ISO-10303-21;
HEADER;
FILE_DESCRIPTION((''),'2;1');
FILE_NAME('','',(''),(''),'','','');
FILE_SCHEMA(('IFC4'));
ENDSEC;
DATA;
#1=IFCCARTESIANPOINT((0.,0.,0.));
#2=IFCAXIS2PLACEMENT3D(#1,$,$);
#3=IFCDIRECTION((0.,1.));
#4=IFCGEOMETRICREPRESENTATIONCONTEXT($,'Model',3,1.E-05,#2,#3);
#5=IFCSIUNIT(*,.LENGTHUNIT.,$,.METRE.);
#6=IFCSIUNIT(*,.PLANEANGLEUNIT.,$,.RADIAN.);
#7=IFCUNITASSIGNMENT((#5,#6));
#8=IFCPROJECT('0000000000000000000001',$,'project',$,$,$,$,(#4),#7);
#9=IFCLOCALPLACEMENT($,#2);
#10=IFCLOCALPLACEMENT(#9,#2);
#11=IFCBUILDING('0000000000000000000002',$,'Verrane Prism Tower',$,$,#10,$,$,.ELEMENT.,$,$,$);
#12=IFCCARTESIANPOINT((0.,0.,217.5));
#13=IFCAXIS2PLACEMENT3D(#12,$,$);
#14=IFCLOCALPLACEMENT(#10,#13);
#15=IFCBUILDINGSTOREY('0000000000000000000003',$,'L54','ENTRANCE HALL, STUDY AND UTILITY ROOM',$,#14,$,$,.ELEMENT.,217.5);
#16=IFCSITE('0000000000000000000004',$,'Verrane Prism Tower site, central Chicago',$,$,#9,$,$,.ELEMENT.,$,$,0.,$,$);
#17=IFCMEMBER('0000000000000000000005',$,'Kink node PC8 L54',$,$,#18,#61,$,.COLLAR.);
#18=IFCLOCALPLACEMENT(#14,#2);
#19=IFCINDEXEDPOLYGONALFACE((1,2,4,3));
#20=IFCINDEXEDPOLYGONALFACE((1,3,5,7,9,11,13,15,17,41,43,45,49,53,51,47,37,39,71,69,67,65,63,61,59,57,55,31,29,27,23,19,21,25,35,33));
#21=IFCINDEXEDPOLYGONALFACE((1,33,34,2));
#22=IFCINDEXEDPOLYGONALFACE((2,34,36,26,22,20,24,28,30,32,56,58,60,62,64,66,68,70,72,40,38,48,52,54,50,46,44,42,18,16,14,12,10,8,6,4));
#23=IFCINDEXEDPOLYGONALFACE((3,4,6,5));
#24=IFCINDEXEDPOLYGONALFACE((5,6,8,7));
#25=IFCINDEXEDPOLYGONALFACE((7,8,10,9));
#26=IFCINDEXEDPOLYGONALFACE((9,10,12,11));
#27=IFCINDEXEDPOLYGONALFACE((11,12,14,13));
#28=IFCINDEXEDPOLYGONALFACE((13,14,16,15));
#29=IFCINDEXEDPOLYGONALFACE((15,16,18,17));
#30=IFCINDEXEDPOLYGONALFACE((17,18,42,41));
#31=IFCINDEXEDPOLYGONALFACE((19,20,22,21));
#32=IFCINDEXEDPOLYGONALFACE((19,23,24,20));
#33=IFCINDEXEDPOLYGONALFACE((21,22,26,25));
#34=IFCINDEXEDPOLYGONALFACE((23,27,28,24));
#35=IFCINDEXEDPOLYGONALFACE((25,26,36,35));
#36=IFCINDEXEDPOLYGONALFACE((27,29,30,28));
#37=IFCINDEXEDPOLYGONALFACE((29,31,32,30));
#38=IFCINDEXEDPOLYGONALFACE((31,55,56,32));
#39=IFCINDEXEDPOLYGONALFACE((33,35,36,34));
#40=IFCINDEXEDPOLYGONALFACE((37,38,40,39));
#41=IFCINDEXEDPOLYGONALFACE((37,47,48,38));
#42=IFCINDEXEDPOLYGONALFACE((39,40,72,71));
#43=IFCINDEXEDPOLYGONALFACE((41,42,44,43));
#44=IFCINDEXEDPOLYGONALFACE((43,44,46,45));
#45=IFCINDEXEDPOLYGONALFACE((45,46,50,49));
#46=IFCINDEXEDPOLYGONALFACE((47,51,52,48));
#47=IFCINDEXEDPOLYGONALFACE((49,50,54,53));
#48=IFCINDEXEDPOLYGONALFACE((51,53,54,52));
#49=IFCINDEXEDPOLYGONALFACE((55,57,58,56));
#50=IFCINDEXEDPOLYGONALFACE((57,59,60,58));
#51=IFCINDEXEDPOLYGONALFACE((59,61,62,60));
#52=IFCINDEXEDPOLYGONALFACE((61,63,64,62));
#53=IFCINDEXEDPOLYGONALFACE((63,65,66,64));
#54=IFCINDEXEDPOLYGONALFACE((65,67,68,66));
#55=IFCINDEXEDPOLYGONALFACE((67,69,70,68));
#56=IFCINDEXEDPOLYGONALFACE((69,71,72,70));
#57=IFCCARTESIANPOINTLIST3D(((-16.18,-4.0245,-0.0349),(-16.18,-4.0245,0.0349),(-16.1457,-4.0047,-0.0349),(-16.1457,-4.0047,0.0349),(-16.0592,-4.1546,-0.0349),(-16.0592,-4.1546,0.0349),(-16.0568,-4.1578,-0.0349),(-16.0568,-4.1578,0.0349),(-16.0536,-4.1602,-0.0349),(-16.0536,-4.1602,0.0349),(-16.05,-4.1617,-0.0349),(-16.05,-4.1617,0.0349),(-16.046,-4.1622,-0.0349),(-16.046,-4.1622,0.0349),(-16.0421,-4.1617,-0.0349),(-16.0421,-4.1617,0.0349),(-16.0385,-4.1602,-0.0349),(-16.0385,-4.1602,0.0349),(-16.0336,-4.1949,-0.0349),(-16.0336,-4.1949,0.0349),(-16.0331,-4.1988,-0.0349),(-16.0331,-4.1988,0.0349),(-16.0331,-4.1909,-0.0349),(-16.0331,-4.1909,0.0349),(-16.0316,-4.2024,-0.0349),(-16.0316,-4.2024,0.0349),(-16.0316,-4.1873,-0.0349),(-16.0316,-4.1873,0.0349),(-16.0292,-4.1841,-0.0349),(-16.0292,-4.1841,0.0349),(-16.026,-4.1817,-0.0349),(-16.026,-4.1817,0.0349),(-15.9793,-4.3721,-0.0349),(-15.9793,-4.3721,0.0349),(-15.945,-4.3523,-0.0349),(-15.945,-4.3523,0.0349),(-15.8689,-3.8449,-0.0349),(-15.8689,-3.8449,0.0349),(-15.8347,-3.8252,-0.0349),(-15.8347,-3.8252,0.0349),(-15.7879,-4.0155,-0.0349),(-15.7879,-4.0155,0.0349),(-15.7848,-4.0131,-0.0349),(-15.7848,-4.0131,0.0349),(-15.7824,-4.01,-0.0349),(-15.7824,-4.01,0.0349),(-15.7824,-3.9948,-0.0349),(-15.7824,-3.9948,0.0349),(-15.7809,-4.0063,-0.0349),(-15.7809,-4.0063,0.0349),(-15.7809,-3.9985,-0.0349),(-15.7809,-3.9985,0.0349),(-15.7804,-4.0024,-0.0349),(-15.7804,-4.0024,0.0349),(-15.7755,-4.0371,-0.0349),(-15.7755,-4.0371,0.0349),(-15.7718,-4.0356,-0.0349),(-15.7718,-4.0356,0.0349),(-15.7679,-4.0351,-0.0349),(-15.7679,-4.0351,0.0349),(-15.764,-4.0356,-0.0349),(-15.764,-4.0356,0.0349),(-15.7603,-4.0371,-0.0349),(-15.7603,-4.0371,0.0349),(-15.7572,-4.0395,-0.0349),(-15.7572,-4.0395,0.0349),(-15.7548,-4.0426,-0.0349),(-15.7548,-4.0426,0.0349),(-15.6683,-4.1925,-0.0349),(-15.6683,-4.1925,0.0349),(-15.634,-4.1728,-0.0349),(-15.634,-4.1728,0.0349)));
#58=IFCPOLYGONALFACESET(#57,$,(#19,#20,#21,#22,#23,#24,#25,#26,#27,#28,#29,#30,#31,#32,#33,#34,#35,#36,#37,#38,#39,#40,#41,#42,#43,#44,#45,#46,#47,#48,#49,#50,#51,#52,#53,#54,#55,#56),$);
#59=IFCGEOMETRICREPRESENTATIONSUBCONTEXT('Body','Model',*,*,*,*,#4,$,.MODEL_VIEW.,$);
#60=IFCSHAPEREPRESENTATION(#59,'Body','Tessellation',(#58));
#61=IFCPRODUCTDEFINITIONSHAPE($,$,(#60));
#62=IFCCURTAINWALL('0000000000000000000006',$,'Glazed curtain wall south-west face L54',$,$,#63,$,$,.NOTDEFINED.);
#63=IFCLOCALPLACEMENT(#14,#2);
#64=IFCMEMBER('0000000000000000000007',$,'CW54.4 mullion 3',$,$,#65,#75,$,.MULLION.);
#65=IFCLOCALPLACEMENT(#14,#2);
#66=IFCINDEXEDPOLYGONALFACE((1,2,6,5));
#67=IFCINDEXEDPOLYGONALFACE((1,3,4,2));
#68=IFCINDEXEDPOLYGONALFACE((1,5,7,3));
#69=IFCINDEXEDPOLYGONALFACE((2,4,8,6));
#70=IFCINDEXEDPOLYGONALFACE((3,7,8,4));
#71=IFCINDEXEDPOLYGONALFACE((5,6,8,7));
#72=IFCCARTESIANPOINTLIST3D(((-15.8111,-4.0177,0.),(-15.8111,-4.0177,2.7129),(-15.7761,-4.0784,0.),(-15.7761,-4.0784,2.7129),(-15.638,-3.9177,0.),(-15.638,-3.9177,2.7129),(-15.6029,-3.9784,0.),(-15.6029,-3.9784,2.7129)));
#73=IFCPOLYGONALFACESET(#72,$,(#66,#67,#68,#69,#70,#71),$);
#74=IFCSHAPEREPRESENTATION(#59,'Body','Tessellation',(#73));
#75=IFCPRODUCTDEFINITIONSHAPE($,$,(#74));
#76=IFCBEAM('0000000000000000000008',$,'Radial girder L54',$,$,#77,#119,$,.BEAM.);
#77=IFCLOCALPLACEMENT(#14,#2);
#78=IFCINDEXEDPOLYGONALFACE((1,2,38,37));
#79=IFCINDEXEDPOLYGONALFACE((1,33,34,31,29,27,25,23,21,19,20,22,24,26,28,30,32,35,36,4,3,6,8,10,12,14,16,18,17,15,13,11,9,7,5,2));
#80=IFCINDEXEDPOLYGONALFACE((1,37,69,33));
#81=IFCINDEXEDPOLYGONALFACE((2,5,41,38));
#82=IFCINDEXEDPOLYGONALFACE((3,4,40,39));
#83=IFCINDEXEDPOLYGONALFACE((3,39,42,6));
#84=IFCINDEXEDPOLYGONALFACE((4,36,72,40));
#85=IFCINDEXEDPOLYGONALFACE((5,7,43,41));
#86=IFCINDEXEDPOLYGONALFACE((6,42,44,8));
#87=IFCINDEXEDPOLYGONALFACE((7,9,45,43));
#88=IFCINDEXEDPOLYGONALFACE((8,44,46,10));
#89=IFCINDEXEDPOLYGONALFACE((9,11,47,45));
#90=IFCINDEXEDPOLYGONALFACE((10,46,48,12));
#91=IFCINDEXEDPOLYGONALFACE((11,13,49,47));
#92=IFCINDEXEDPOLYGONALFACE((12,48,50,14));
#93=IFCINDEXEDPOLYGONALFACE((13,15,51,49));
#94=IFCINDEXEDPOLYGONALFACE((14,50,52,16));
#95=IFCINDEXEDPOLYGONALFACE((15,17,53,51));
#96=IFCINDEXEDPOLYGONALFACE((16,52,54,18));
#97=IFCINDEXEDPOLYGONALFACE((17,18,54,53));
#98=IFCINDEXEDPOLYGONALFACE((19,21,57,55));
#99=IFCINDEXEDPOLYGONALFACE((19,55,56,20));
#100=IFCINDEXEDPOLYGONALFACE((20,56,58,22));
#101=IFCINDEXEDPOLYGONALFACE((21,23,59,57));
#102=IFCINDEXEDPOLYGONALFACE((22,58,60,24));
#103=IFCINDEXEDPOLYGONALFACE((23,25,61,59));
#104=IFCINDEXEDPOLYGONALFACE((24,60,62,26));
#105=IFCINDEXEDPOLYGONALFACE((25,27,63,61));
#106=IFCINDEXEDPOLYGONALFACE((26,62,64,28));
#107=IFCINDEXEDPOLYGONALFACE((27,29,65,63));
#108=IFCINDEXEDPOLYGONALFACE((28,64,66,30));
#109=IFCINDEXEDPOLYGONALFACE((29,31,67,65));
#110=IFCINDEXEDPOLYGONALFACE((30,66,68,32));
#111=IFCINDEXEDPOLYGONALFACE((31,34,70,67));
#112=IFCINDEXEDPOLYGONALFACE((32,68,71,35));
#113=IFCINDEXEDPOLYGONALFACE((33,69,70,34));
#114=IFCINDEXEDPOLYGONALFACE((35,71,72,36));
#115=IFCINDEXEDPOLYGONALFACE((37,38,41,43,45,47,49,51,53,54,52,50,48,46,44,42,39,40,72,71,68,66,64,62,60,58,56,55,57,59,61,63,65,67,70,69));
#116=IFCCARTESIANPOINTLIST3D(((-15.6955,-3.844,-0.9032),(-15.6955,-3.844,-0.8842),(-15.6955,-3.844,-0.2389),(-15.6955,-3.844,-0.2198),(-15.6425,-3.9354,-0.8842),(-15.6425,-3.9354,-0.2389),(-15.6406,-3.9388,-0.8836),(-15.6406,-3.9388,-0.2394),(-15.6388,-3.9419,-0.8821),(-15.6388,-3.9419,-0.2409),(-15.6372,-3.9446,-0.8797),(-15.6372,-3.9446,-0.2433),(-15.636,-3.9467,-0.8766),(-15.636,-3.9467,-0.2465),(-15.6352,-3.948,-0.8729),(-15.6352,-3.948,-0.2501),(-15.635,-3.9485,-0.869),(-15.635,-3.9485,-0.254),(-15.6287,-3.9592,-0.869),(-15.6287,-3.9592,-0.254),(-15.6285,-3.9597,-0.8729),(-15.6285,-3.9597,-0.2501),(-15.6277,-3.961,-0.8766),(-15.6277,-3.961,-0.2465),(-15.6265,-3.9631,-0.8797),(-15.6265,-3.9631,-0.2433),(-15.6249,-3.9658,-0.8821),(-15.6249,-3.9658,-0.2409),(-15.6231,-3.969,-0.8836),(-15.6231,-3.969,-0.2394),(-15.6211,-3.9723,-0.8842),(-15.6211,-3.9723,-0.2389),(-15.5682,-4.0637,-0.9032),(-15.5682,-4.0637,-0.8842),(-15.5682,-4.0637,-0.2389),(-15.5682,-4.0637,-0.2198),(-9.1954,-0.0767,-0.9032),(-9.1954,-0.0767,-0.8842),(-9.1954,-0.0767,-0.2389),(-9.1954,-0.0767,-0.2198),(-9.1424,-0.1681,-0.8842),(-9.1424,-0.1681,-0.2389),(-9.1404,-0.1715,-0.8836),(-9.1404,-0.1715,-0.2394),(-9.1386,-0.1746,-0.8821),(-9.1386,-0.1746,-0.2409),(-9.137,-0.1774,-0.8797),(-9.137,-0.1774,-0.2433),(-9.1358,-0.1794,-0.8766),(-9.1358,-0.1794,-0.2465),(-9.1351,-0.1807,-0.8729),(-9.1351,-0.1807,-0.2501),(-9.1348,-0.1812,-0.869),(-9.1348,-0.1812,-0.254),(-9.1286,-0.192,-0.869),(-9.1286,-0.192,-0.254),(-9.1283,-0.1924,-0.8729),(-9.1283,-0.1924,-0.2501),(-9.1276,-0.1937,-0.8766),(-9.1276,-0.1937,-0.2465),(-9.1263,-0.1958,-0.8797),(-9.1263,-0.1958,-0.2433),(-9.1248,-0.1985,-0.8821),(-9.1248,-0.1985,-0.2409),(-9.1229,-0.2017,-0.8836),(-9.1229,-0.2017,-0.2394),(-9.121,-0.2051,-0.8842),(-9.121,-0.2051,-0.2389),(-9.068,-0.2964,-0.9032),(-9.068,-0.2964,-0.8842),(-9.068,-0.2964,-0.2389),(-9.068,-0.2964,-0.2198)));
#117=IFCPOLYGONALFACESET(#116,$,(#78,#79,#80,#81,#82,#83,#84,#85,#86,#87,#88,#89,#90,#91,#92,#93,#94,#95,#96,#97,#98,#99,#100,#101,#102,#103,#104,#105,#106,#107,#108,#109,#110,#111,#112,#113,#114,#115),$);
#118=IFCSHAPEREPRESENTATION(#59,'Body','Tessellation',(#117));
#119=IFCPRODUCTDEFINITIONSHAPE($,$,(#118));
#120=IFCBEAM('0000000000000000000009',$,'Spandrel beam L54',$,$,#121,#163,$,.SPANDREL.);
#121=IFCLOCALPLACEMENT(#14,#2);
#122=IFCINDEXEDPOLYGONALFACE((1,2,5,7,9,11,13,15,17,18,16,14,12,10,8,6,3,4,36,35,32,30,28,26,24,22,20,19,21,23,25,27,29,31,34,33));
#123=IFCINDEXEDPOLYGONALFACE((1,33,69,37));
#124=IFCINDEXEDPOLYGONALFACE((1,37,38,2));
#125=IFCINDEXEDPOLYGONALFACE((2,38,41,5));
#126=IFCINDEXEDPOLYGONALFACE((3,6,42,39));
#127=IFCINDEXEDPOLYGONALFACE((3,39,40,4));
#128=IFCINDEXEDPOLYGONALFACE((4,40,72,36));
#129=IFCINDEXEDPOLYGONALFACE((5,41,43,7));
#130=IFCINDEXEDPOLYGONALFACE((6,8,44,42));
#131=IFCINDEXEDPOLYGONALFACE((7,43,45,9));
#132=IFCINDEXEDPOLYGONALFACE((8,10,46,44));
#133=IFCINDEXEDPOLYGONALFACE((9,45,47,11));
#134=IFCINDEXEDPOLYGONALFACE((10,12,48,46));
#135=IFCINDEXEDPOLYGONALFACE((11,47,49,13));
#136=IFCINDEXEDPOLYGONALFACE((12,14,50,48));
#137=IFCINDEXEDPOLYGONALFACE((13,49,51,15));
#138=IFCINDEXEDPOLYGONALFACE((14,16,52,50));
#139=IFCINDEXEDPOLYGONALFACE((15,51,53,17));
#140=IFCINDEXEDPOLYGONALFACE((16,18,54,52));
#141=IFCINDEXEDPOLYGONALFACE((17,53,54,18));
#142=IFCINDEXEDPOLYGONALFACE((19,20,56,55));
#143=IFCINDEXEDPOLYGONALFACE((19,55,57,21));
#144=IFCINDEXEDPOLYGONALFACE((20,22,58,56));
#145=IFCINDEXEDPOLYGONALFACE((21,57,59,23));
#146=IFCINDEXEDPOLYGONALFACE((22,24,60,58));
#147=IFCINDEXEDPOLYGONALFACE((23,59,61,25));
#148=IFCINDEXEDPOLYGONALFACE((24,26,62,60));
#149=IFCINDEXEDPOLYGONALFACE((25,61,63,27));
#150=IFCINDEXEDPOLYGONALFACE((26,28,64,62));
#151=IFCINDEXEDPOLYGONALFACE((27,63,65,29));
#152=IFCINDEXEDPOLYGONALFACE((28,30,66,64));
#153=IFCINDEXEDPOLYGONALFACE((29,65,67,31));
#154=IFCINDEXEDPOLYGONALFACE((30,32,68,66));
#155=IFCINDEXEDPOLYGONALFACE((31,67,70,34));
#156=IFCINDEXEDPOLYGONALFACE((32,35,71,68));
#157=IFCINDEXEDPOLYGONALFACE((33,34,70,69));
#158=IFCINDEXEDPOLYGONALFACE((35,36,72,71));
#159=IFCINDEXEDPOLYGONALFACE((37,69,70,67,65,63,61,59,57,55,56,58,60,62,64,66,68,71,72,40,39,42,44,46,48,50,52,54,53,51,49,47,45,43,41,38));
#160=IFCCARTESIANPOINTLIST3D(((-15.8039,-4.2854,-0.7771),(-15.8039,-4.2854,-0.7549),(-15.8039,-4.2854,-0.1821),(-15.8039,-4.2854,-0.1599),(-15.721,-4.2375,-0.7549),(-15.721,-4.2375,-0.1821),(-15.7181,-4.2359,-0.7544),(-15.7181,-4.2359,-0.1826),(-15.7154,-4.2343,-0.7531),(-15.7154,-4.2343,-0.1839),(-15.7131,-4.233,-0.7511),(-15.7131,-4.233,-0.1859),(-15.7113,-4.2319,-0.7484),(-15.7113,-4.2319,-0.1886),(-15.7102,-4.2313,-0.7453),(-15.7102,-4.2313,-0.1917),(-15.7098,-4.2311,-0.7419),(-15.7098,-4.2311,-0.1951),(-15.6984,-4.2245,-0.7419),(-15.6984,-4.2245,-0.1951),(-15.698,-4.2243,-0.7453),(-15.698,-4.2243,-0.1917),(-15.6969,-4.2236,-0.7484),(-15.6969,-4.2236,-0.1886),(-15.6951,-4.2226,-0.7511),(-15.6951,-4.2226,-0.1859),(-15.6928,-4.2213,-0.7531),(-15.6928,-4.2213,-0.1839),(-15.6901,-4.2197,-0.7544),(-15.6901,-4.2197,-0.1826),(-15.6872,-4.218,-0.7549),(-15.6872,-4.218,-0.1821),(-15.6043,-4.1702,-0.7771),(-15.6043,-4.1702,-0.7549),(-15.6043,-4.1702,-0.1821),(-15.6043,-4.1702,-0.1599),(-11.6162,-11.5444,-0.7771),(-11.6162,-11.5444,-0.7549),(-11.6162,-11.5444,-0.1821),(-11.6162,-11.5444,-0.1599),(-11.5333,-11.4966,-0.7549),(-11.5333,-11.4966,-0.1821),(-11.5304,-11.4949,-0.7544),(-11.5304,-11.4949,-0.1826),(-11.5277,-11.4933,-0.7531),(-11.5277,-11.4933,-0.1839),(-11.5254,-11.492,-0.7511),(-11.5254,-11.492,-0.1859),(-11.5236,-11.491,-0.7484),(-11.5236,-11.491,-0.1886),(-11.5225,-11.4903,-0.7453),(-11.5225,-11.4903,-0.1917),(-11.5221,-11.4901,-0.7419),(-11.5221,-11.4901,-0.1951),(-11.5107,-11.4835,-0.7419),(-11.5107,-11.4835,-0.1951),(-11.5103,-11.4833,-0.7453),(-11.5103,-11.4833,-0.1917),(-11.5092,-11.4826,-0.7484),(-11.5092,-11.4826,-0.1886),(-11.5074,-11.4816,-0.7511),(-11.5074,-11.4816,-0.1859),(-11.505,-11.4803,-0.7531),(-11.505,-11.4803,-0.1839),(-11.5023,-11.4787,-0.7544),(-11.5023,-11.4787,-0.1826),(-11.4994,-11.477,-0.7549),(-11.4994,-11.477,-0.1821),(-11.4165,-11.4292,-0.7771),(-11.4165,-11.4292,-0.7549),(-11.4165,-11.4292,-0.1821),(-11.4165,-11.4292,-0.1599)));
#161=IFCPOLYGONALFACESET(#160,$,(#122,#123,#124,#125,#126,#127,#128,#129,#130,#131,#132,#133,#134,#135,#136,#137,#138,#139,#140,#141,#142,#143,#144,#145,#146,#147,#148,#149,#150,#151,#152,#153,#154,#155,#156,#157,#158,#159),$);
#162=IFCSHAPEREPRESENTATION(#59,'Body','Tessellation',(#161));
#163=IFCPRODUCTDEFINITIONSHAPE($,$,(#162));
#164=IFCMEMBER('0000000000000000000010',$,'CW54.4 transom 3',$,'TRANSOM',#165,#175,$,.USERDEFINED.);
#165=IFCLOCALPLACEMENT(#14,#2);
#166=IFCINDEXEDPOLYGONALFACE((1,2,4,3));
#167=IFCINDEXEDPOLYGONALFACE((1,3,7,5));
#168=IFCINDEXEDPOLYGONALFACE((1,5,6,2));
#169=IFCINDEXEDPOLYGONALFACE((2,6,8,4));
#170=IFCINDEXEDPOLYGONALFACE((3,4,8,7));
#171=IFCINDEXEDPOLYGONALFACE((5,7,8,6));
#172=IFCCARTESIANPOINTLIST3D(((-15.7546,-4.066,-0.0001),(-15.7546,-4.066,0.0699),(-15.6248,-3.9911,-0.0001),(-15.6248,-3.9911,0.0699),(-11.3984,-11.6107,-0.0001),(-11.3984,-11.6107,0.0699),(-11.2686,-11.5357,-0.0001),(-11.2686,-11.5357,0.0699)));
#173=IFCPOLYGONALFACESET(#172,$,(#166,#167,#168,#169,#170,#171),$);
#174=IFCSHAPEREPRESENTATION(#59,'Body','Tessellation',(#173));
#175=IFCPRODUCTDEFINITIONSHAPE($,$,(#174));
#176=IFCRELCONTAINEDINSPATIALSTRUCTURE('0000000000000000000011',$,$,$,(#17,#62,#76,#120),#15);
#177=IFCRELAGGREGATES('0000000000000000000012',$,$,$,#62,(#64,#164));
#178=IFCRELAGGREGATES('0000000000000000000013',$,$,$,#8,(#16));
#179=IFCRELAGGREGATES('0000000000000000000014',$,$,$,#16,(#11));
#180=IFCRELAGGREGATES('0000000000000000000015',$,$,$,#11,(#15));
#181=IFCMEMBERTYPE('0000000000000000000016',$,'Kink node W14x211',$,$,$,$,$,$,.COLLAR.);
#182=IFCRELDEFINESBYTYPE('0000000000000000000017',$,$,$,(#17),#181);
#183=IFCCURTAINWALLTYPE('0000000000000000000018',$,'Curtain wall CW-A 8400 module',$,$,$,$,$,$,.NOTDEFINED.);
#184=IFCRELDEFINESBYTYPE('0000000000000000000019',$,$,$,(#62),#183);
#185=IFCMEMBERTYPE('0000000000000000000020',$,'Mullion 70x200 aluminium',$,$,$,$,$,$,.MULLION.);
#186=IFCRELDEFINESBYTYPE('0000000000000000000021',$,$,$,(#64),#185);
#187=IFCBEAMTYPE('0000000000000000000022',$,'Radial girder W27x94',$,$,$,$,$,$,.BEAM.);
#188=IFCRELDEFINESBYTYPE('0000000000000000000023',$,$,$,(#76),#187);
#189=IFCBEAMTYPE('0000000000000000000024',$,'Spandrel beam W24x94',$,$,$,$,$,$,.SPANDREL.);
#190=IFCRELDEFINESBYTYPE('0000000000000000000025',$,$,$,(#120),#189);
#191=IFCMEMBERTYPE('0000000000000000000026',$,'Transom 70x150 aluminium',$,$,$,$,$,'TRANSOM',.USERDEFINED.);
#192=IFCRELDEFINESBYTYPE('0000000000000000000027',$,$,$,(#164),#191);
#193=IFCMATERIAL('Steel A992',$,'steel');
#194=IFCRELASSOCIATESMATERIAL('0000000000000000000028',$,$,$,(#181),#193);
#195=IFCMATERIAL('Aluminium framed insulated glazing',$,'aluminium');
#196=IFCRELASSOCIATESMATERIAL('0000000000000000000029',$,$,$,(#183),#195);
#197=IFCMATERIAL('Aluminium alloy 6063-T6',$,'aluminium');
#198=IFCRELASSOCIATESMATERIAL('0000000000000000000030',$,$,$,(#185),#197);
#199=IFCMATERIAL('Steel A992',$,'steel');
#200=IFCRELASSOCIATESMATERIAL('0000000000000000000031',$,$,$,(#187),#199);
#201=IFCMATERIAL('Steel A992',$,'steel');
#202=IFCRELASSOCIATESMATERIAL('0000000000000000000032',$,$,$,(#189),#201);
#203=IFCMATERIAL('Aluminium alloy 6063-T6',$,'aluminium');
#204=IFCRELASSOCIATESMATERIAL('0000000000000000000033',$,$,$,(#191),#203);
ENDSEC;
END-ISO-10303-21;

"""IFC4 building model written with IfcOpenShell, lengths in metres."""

from ifc_helpers import new_model, si_unit, direction, frame, origin, origin_2d, place, context, subcontext, project, spatial, rectangle, i_section, extrude, material, material_profile, profile_set, type_object, element, aggregate, save


model = new_model("IFC4")

# Units and contexts
model_context = context("Model", 3, precision=1e-05, world=origin(), true_north=direction((0.0, 1.0)))
body_context = subcontext(model_context, "Body", "Model", "MODEL_VIEW")
ifc_project = project(units=[si_unit("LENGTHUNIT", "METRE"), si_unit("PLANEANGLEUNIT", "RADIAN")], contexts=[model_context])

# Site, building, storey
site_placement = place(None, origin())
site = spatial("IfcSite", under=ifc_project, at=site_placement, Name="Verrane Prism Tower site, central Chicago", CompositionType="ELEMENT", RefElevation=0.0)
building_placement = place(site_placement, origin())
building = spatial("IfcBuilding", under=site, at=building_placement, Name="Verrane Prism Tower", CompositionType="ELEMENT")
storey_placement = place(building_placement, frame((0.0, 0.0, 217.5)))
storey = spatial("IfcBuildingStorey", under=building, at=storey_placement, Name="L54", Description="ENTRANCE HALL, STUDY AND UTILITY ROOM", CompositionType="ELEMENT", Elevation=217.5)

# Member
ifc_material_1 = material(Name="Steel A992", Category="steel")
ifc_material_profile_1 = material_profile(ifc_material_1, i_section(OverallWidth=0.4014, OverallDepth=0.3987, WebThickness=0.0249, FlangeThickness=0.0396, FilletRadius=0.0151, at=origin_2d()), Name="W14x211")
ifc_profile_set_1 = profile_set([ifc_material_profile_1], Name="Steel A992")
member_type_1 = type_object("IfcMemberType", Name="Kink node W14x211", PredefinedType="COLLAR", material=ifc_profile_set_1)
member_1_placement = place(storey_placement, frame((-15.907, -4.0986, -0.0349), z_axis=(0.0, 0.0, 1.0), x_axis=(-0.5, 0.866025, 0.0)))
element("IfcMember", 1, at=member_1_placement, inside=storey, type_object=member_type_1, Name="Kink node PC8 L54", PredefinedType="COLLAR", context=body_context, shape_type="SweptSolid", body=[
    extrude(i_section(OverallWidth=0.4014, OverallDepth=0.3987, WebThickness=0.0249, FlangeThickness=0.0396, FilletRadius=0.0151, at=origin_2d()), origin(), (0.0, 0.0, 1.0), 0.0698),
])

# Curtain wall, member
ifc_material_2 = material(Name="Aluminium framed insulated glazing", Category="aluminium")
curtain_wall_type = type_object("IfcCurtainWallType", Name="Curtain wall CW-A 8400 module", PredefinedType="NOTDEFINED", material=ifc_material_2)
curtain_wall_placement = place(storey_placement, origin())
curtain_wall = element("IfcCurtainWall", 2, at=curtain_wall_placement, inside=storey, type_object=curtain_wall_type, Name="Glazed curtain wall south-west face L54", PredefinedType="NOTDEFINED")
ifc_material_3 = material(Name="Aluminium alloy 6063-T6", Category="aluminium")
ifc_material_profile_2 = material_profile(ifc_material_3, rectangle(XDim=0.2, YDim=0.0701, at=origin_2d()), Name="Mullion 70x200 aluminium")
ifc_profile_set_2 = profile_set([ifc_material_profile_2], Name="Aluminium alloy 6063-T6")
member_type_2 = type_object("IfcMemberType", Name="Mullion 70x200 aluminium", PredefinedType="MULLION", material=ifc_profile_set_2)
member_2_placement = place(storey_placement, frame((-15.707, -3.998, 0.0), z_axis=(0.0, 0.0, 1.0), x_axis=(0.866025, 0.500001, 0.0)))
member_2 = element("IfcMember", 3, at=member_2_placement, type_object=member_type_2, Name="CW54.4 mullion 3", PredefinedType="MULLION", context=body_context, shape_type="SweptSolid", body=[
    extrude(rectangle(XDim=0.2, YDim=0.0701, at=origin_2d()), origin(), (0.0, 0.0, 1.0), 2.7129),
])

# Beams
ifc_material_4 = material(Name="Steel A992", Category="steel")
ifc_material_profile_3 = material_profile(ifc_material_4, i_section(OverallWidth=0.2539, OverallDepth=0.6833, WebThickness=0.0125, FlangeThickness=0.019, FilletRadius=0.0151, at=origin_2d()), Name="W27x94")
ifc_profile_set_3 = profile_set([ifc_material_profile_3], Name="Steel A992")
beam_type_1 = type_object("IfcBeamType", Name="Radial girder W27x94", PredefinedType="BEAM", material=ifc_profile_set_3)
beam_1_placement = place(storey_placement, frame((-15.6318, -3.9539, -0.5615), z_axis=(0.865193, 0.501438, 0.0), x_axis=(-0.501438, 0.865193, 0.0)))
element("IfcBeam", 4, at=beam_1_placement, inside=storey, type_object=beam_type_1, Name="Radial girder L54", PredefinedType="BEAM", context=body_context, shape_type="SweptSolid", body=[
    extrude(i_section(OverallWidth=0.2539, OverallDepth=0.6833, WebThickness=0.0125, FlangeThickness=0.019, FilletRadius=0.0151, at=origin_2d()), origin(), (0.0, 0.0, 1.0), 7.5129),
])
ifc_material_5 = material(Name="Steel A992", Category="steel")
ifc_material_profile_4 = material_profile(ifc_material_5, i_section(OverallWidth=0.2305, OverallDepth=0.6172, WebThickness=0.0132, FlangeThickness=0.0222, FilletRadius=0.0129, at=origin_2d()), Name="W24x94")
ifc_profile_set_4 = profile_set([ifc_material_profile_4], Name="Steel A992")
beam_type_2 = type_object("IfcBeamType", Name="Spandrel beam W24x94", PredefinedType="SPANDREL", material=ifc_profile_set_4)
beam_2_placement = place(storey_placement, frame((-15.7041, -4.2278, -0.4685), z_axis=(0.499708, -0.866194, 0.0), x_axis=(0.866194, 0.499708, 0.0)))
element("IfcBeam", 5, at=beam_2_placement, inside=storey, type_object=beam_type_2, Name="Spandrel beam L54", PredefinedType="SPANDREL", context=body_context, shape_type="SweptSolid", body=[
    extrude(i_section(OverallWidth=0.2305, OverallDepth=0.6172, WebThickness=0.0132, FlangeThickness=0.0222, FilletRadius=0.0129, at=origin_2d()), origin(), (0.0, 0.0, 1.0), 8.3804),
])

# Member
ifc_material_6 = material(Name="Aluminium alloy 6063-T6", Category="aluminium")
ifc_material_profile_5 = material_profile(ifc_material_6, rectangle(XDim=0.1499, YDim=0.0701, at=origin_2d()), Name="Transom 70x150 aluminium")
ifc_profile_set_5 = profile_set([ifc_material_profile_5], Name="Aluminium alloy 6063-T6")
member_type_3 = type_object("IfcMemberType", Name="Transom 70x150 aluminium", ElementType="TRANSOM", PredefinedType="USERDEFINED", material=ifc_profile_set_5)
member_3_placement = place(storey_placement, frame((-15.6897, -4.0286, 0.0349), z_axis=(0.500024, -0.866012, 0.0), x_axis=(0.866012, 0.500024, 0.0)))
member_3 = element("IfcMember", 6, at=member_3_placement, type_object=member_type_3, Name="CW54.4 transom 3", ObjectType="TRANSOM", PredefinedType="USERDEFINED", context=body_context, shape_type="SweptSolid", body=[
    extrude(rectangle(XDim=0.1499, YDim=0.0701, at=origin_2d()), origin(), (0.0, 0.0, 1.0), 8.7119),
])

aggregate(curtain_wall, [member_2, member_3])

save(model, "model.ifc")
